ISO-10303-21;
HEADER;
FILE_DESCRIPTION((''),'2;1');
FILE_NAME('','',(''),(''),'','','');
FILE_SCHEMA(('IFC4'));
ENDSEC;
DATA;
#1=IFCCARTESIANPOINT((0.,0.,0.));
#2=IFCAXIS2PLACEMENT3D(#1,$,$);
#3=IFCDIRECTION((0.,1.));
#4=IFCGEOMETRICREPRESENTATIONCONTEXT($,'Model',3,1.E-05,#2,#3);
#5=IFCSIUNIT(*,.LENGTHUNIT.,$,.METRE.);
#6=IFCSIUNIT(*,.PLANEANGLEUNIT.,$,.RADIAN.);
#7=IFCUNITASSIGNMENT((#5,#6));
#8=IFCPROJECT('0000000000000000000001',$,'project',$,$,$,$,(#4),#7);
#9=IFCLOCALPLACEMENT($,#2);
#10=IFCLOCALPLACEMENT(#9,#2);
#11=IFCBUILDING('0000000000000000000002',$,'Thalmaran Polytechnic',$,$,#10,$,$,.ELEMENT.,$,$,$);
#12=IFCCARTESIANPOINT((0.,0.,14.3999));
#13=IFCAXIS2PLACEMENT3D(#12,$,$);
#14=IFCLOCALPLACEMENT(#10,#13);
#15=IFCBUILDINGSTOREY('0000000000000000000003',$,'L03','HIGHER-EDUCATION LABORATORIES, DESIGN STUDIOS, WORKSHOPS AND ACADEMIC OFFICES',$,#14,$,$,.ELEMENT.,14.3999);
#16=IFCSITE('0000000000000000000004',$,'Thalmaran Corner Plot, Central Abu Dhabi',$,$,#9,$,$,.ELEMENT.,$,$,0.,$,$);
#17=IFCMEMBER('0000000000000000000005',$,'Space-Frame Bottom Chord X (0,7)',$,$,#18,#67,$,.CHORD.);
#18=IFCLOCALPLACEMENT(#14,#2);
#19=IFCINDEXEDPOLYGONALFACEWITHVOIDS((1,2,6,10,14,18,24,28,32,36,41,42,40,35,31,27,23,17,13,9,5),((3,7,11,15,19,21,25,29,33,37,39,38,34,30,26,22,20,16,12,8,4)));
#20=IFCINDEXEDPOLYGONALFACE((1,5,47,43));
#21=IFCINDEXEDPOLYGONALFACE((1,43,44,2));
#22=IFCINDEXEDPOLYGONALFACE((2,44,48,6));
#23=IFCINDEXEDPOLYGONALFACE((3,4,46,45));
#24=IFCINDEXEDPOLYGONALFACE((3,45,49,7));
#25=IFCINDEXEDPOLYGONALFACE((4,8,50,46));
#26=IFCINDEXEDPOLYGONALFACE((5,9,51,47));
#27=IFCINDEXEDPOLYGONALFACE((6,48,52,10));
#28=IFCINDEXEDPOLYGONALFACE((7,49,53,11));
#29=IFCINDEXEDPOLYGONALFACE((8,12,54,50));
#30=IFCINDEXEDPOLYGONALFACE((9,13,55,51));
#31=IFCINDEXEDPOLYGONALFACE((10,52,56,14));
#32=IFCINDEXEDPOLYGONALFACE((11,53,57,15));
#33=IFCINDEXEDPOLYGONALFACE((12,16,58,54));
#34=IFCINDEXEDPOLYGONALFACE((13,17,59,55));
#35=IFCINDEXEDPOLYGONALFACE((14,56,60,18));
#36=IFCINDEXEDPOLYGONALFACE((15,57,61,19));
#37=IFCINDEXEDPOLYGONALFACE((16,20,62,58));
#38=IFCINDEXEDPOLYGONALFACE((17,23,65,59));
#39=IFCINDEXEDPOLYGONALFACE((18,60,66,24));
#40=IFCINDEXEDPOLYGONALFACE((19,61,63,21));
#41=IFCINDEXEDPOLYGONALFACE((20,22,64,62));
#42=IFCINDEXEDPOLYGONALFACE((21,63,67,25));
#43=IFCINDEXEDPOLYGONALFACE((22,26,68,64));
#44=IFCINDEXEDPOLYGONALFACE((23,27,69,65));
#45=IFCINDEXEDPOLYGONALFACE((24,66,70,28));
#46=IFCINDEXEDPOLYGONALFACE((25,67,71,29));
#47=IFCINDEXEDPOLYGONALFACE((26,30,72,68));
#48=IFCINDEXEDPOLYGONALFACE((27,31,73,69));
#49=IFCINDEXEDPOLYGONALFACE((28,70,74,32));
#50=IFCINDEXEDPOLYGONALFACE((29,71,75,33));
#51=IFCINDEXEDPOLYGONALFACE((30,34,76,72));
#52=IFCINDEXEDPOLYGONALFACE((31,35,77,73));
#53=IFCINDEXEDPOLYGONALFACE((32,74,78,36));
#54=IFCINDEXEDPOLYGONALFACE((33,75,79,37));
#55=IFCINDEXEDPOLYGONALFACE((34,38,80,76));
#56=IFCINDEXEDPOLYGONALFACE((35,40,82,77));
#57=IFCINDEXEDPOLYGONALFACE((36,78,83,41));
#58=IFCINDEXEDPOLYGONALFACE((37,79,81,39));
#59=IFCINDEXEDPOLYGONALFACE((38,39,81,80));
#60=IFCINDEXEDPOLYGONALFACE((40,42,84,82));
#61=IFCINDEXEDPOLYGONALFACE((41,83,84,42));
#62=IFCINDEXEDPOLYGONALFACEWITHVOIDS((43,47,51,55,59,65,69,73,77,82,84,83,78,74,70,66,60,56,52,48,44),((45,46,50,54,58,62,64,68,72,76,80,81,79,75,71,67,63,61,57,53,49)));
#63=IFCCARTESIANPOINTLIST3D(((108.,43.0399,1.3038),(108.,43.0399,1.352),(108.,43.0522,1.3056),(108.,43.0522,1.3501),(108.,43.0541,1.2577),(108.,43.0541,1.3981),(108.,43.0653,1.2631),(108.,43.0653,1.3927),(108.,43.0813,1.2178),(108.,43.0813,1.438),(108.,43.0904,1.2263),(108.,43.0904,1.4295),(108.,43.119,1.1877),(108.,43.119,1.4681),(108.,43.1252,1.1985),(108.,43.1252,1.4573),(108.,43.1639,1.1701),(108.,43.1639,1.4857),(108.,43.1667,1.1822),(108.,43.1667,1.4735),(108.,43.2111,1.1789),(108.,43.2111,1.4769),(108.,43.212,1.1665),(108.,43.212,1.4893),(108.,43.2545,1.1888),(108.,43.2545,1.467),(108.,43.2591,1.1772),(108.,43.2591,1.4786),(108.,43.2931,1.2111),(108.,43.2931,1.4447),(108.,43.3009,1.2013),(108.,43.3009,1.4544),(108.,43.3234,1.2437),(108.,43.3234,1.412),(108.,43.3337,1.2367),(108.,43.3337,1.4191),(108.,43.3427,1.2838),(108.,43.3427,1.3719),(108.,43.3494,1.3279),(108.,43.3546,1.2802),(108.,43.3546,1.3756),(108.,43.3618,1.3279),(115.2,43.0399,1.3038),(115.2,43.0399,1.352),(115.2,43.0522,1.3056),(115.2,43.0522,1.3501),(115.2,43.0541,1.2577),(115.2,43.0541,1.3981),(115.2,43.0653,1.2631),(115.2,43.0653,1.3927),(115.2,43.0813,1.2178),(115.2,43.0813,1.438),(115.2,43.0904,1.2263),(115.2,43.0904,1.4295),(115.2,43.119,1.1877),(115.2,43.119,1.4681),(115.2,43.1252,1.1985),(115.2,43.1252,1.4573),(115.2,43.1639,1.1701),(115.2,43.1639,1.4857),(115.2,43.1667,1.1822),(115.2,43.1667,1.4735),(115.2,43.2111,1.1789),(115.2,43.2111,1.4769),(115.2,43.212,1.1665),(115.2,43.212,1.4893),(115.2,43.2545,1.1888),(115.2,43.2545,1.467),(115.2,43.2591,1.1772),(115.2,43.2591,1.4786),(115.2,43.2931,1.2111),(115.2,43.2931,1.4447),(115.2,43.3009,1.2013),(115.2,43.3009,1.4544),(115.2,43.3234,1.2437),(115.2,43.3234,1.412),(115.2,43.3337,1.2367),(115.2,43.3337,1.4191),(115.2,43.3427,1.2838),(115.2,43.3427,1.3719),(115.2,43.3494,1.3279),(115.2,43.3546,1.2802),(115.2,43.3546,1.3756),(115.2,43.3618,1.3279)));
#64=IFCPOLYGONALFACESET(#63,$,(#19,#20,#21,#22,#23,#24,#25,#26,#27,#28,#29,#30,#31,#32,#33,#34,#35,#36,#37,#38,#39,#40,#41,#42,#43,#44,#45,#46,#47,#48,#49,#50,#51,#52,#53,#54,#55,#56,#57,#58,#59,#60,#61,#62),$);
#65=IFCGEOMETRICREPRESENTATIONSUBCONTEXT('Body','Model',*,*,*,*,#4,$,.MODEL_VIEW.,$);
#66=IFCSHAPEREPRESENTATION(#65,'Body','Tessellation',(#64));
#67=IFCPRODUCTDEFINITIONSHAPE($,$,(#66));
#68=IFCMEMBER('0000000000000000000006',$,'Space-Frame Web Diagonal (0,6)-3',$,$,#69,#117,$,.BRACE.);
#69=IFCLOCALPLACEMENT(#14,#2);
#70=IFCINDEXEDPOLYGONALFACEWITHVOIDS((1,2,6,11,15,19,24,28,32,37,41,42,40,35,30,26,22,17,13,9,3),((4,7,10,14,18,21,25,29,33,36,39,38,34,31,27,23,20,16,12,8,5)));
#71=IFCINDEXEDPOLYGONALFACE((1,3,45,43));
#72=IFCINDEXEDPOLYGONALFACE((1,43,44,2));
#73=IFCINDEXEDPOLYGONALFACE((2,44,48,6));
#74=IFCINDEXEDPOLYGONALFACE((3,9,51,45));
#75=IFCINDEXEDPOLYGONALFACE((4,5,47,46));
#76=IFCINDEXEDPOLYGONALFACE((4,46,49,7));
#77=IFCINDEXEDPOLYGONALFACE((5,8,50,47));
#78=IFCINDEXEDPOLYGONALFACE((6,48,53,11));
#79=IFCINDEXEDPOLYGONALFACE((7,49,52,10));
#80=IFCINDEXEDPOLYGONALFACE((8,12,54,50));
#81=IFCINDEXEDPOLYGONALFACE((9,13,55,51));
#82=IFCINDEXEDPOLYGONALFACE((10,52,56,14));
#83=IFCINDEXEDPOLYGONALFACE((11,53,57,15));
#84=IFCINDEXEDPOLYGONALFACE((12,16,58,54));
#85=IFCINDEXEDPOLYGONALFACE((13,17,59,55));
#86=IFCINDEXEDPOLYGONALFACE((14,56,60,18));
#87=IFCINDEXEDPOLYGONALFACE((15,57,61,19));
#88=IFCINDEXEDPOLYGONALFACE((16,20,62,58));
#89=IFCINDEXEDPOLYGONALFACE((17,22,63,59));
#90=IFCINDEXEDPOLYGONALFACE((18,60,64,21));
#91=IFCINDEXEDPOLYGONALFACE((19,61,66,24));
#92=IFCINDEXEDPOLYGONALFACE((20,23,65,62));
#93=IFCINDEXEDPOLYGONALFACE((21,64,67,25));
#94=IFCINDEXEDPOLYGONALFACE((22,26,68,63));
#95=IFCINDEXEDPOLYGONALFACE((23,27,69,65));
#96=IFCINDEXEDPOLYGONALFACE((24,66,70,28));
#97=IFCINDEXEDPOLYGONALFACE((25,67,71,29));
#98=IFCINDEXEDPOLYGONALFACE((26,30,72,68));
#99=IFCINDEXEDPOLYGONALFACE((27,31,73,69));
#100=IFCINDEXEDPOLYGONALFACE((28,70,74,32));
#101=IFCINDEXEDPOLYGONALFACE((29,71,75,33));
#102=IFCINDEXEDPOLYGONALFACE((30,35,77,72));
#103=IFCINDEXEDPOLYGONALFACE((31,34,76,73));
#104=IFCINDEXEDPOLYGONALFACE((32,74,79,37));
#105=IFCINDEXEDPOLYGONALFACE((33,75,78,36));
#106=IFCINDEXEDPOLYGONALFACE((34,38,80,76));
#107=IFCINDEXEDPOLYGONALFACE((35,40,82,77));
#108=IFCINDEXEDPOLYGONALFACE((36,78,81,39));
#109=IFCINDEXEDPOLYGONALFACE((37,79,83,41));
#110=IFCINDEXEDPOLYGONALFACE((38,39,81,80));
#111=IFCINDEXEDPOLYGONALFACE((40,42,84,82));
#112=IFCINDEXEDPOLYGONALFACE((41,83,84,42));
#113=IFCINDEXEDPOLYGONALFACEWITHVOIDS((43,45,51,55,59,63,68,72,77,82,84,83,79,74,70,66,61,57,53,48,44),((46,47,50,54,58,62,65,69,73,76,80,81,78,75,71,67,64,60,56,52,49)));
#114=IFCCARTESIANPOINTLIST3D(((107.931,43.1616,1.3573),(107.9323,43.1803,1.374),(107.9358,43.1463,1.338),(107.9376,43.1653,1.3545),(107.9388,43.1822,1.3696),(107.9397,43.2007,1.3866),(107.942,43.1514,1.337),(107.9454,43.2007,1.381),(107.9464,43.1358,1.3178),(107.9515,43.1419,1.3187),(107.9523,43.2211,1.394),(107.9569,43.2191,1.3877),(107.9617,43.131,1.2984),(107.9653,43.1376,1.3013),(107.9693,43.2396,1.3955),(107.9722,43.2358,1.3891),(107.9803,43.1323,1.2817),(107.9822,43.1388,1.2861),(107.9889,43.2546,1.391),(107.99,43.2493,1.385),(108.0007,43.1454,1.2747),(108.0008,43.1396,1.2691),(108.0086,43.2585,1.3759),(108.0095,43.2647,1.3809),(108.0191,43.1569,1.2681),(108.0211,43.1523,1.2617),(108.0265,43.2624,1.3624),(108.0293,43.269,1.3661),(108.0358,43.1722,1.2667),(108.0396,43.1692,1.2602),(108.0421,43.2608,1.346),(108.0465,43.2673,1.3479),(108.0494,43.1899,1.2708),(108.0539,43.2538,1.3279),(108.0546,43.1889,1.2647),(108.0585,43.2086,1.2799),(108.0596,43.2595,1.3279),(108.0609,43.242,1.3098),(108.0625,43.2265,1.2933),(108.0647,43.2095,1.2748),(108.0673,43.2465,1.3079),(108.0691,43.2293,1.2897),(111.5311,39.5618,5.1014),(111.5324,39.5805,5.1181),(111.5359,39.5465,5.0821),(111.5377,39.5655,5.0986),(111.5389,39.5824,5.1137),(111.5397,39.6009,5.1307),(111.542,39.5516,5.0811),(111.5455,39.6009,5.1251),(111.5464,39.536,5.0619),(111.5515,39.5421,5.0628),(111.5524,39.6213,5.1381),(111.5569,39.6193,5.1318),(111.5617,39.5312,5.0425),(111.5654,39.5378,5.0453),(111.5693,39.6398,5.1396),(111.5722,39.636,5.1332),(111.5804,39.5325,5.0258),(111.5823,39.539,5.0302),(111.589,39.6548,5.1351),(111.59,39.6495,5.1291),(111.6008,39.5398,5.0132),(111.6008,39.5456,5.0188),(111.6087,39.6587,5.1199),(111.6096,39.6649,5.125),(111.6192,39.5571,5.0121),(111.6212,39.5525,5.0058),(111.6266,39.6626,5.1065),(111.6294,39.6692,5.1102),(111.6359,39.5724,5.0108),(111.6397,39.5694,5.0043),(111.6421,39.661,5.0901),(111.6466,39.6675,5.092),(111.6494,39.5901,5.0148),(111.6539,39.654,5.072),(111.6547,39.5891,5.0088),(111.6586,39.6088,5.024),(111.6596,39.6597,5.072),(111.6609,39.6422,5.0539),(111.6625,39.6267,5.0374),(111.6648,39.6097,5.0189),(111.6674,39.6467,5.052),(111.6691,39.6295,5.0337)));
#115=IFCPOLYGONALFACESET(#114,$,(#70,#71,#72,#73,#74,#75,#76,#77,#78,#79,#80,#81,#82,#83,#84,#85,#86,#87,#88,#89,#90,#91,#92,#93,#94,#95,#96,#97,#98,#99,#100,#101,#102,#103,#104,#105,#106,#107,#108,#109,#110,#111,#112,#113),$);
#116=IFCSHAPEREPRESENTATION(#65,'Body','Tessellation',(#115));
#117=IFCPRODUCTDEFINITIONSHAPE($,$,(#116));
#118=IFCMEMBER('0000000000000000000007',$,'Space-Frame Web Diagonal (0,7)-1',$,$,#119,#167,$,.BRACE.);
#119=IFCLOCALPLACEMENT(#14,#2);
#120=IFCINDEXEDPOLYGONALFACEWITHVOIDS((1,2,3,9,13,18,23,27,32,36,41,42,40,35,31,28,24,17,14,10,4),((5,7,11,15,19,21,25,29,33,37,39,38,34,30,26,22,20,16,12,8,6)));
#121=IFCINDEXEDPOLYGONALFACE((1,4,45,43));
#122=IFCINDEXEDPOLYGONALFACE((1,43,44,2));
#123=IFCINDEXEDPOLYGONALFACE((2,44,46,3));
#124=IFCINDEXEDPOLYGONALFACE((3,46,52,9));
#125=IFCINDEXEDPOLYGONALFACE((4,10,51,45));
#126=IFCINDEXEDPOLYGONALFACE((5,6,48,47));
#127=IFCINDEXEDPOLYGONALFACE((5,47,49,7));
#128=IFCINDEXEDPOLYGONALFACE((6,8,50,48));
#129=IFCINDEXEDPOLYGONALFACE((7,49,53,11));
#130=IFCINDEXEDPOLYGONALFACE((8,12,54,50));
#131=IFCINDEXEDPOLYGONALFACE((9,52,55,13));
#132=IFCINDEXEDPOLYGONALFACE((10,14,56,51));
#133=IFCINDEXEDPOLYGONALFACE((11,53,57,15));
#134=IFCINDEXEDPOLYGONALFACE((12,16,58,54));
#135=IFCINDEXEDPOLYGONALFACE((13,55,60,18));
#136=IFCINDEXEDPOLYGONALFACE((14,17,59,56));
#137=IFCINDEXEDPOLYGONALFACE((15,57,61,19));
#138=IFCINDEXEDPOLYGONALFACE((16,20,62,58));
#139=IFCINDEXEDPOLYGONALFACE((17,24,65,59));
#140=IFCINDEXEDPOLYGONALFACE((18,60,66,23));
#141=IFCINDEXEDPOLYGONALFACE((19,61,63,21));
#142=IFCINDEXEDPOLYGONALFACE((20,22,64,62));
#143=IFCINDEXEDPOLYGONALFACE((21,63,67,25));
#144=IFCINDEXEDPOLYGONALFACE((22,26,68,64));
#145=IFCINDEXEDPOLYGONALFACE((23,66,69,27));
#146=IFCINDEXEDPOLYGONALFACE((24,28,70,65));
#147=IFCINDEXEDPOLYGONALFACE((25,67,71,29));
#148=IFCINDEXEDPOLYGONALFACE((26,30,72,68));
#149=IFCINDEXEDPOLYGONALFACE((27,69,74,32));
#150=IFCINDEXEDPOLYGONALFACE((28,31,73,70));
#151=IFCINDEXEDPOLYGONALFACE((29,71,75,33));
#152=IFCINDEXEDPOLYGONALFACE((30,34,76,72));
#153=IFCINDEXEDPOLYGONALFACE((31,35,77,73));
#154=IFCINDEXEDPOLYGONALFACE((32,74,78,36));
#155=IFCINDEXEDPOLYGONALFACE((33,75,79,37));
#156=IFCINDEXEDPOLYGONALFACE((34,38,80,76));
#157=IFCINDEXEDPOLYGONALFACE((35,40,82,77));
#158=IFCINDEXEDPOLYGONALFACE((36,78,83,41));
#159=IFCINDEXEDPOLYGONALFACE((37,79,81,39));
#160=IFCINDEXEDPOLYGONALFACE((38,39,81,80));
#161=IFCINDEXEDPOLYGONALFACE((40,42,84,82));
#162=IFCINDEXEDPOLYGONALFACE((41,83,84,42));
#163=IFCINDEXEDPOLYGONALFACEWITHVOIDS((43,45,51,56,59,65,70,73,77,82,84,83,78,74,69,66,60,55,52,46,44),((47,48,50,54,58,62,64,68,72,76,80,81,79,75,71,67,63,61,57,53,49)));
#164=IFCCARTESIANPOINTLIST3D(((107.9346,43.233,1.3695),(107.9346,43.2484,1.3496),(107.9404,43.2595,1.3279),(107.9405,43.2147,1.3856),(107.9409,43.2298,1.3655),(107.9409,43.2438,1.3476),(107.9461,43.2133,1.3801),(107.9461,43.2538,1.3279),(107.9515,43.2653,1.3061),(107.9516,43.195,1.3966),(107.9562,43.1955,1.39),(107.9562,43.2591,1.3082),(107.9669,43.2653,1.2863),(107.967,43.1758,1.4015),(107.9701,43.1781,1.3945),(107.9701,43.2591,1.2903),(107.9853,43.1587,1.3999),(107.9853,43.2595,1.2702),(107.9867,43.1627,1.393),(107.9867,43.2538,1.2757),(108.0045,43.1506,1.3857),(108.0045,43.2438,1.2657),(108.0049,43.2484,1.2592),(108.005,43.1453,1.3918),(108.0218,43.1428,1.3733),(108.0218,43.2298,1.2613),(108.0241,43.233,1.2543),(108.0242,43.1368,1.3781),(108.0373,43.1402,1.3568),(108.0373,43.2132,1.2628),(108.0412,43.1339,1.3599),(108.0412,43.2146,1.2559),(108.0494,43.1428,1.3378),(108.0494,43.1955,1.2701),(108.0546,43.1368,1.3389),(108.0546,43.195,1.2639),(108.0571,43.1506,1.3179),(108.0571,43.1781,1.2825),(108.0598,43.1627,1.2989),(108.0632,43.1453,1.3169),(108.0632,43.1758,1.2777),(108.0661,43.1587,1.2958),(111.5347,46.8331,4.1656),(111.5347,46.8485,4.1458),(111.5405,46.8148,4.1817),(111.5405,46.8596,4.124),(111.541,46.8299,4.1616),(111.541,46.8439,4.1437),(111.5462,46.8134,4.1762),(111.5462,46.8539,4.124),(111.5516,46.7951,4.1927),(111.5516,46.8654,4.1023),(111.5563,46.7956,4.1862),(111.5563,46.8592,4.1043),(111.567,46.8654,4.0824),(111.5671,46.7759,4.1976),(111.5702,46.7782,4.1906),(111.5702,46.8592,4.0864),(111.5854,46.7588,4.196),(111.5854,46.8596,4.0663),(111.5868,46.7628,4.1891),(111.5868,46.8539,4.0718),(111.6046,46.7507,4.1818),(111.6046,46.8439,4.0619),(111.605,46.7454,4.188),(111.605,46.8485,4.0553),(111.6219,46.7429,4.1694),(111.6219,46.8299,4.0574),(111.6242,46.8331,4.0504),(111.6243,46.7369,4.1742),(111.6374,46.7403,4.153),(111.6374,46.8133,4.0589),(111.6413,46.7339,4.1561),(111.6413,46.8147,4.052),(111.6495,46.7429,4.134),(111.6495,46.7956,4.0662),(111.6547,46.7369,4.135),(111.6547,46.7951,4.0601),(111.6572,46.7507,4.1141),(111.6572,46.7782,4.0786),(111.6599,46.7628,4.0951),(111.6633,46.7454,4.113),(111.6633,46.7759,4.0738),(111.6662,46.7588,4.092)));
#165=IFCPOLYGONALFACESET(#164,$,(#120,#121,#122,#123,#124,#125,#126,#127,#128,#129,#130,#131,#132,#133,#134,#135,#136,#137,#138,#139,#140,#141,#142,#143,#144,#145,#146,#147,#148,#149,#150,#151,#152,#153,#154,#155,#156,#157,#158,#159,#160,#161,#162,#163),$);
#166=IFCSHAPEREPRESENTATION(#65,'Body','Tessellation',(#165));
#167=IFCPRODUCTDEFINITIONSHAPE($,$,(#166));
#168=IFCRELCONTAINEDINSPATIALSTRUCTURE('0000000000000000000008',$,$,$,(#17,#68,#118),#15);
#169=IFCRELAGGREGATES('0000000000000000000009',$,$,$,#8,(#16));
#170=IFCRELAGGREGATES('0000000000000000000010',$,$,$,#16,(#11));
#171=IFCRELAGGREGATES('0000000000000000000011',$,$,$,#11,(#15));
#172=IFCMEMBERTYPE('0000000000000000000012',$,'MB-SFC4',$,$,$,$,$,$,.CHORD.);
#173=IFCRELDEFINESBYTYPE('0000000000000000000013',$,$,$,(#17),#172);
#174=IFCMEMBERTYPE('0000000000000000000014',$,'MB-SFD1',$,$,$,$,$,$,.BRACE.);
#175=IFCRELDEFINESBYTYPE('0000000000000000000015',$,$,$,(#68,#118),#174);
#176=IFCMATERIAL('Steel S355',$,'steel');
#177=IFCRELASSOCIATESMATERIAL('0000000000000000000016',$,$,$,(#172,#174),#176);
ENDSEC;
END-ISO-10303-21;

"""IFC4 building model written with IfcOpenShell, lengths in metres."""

from ifc_helpers import new_model, si_unit, direction, frame, origin, origin_2d, place, context, subcontext, project, spatial, hollow_circle, extrude, material, material_profile, profile_set, type_object, element, save


model = new_model("IFC4")

# Units and contexts
model_context = context("Model", 3, precision=1e-05, world=origin(), true_north=direction((0.0, 1.0)))
body_context = subcontext(model_context, "Body", "Model", "MODEL_VIEW")
ifc_project = project(units=[si_unit("LENGTHUNIT", "METRE"), si_unit("PLANEANGLEUNIT", "RADIAN")], contexts=[model_context])

# Site, building, storey
site_placement = place(None, origin())
site = spatial("IfcSite", under=ifc_project, at=site_placement, Name="Thalmaran Corner Plot, Central Abu Dhabi", CompositionType="ELEMENT", RefElevation=0.0)
building_placement = place(site_placement, origin())
building = spatial("IfcBuilding", under=site, at=building_placement, Name="Thalmaran Polytechnic", CompositionType="ELEMENT")
storey_placement = place(building_placement, frame((0.0, 0.0, 14.3999)))
storey = spatial("IfcBuildingStorey", under=building, at=storey_placement, Name="L03", Description="HIGHER-EDUCATION LABORATORIES, DESIGN STUDIOS, WORKSHOPS AND ACADEMIC OFFICES", CompositionType="ELEMENT", Elevation=14.3999)

# Shared definitions
ifc_material_1 = material(Name="Steel S355", Category="steel")

# Members
ifc_material_profile_1 = material_profile(ifc_material_1, hollow_circle(Radius=0.1619, WallThickness=0.0125, at=origin_2d()), Name="CHS 323.9x12.5")
ifc_profile_set_1 = profile_set([ifc_material_profile_1], Name="Steel S355")
member_type_1 = type_object("IfcMemberType", Name="MB-SFC4", PredefinedType="CHORD", material=ifc_profile_set_1)
member_1_placement = place(storey_placement, frame((108.0, 43.2, 1.3279), z_axis=(1.0, 0.0, 0.0), x_axis=(0.0, 1.0, 0.0)))
element("IfcMember", 1, at=member_1_placement, inside=storey, type_object=member_type_1, Name="Space-Frame Bottom Chord X (0,7)", PredefinedType="CHORD", context=body_context, shape_type="SweptSolid", body=[
    extrude(hollow_circle(Radius=0.1619, WallThickness=0.0125, at=origin_2d()), origin(), (0.0, 0.0, 1.0), 7.2),
])
ifc_material_profile_2 = material_profile(ifc_material_1, hollow_circle(Radius=0.0842, WallThickness=0.0081, at=origin_2d()), Name="CHS 168.3x8.0")
ifc_profile_set_2 = profile_set([ifc_material_profile_2], Name="Steel S355")
member_type_2 = type_object("IfcMemberType", Name="MB-SFD1", PredefinedType="BRACE", material=ifc_profile_set_2)
member_2_placement = place(storey_placement, frame((108.0, 43.2, 1.3279), z_axis=(0.569665, -0.569627, 0.592458), x_axis=(0.707083, 0.707131, 0.0)))
element("IfcMember", 2, at=member_2_placement, inside=storey, type_object=member_type_2, Name="Space-Frame Web Diagonal (0,6)-3", PredefinedType="BRACE", context=body_context, shape_type="SweptSolid", body=[
    extrude(hollow_circle(Radius=0.0842, WallThickness=0.0081, at=origin_2d()), origin(), (0.0, 0.0, 1.0), 6.3196),
])
member_3_placement = place(storey_placement, frame((108.0, 43.2, 1.3279), z_axis=(0.619788, 0.619788, 0.48138), x_axis=(-0.707107, 0.707107, 0.0)))
element("IfcMember", 3, at=member_3_placement, inside=storey, type_object=member_type_2, Name="Space-Frame Web Diagonal (0,7)-1", PredefinedType="BRACE", context=body_context, shape_type="SweptSolid", body=[
    extrude(hollow_circle(Radius=0.0842, WallThickness=0.0081, at=origin_2d()), origin(), (0.0, 0.0, 1.0), 5.8086),
])

save(model, "model.ifc")
